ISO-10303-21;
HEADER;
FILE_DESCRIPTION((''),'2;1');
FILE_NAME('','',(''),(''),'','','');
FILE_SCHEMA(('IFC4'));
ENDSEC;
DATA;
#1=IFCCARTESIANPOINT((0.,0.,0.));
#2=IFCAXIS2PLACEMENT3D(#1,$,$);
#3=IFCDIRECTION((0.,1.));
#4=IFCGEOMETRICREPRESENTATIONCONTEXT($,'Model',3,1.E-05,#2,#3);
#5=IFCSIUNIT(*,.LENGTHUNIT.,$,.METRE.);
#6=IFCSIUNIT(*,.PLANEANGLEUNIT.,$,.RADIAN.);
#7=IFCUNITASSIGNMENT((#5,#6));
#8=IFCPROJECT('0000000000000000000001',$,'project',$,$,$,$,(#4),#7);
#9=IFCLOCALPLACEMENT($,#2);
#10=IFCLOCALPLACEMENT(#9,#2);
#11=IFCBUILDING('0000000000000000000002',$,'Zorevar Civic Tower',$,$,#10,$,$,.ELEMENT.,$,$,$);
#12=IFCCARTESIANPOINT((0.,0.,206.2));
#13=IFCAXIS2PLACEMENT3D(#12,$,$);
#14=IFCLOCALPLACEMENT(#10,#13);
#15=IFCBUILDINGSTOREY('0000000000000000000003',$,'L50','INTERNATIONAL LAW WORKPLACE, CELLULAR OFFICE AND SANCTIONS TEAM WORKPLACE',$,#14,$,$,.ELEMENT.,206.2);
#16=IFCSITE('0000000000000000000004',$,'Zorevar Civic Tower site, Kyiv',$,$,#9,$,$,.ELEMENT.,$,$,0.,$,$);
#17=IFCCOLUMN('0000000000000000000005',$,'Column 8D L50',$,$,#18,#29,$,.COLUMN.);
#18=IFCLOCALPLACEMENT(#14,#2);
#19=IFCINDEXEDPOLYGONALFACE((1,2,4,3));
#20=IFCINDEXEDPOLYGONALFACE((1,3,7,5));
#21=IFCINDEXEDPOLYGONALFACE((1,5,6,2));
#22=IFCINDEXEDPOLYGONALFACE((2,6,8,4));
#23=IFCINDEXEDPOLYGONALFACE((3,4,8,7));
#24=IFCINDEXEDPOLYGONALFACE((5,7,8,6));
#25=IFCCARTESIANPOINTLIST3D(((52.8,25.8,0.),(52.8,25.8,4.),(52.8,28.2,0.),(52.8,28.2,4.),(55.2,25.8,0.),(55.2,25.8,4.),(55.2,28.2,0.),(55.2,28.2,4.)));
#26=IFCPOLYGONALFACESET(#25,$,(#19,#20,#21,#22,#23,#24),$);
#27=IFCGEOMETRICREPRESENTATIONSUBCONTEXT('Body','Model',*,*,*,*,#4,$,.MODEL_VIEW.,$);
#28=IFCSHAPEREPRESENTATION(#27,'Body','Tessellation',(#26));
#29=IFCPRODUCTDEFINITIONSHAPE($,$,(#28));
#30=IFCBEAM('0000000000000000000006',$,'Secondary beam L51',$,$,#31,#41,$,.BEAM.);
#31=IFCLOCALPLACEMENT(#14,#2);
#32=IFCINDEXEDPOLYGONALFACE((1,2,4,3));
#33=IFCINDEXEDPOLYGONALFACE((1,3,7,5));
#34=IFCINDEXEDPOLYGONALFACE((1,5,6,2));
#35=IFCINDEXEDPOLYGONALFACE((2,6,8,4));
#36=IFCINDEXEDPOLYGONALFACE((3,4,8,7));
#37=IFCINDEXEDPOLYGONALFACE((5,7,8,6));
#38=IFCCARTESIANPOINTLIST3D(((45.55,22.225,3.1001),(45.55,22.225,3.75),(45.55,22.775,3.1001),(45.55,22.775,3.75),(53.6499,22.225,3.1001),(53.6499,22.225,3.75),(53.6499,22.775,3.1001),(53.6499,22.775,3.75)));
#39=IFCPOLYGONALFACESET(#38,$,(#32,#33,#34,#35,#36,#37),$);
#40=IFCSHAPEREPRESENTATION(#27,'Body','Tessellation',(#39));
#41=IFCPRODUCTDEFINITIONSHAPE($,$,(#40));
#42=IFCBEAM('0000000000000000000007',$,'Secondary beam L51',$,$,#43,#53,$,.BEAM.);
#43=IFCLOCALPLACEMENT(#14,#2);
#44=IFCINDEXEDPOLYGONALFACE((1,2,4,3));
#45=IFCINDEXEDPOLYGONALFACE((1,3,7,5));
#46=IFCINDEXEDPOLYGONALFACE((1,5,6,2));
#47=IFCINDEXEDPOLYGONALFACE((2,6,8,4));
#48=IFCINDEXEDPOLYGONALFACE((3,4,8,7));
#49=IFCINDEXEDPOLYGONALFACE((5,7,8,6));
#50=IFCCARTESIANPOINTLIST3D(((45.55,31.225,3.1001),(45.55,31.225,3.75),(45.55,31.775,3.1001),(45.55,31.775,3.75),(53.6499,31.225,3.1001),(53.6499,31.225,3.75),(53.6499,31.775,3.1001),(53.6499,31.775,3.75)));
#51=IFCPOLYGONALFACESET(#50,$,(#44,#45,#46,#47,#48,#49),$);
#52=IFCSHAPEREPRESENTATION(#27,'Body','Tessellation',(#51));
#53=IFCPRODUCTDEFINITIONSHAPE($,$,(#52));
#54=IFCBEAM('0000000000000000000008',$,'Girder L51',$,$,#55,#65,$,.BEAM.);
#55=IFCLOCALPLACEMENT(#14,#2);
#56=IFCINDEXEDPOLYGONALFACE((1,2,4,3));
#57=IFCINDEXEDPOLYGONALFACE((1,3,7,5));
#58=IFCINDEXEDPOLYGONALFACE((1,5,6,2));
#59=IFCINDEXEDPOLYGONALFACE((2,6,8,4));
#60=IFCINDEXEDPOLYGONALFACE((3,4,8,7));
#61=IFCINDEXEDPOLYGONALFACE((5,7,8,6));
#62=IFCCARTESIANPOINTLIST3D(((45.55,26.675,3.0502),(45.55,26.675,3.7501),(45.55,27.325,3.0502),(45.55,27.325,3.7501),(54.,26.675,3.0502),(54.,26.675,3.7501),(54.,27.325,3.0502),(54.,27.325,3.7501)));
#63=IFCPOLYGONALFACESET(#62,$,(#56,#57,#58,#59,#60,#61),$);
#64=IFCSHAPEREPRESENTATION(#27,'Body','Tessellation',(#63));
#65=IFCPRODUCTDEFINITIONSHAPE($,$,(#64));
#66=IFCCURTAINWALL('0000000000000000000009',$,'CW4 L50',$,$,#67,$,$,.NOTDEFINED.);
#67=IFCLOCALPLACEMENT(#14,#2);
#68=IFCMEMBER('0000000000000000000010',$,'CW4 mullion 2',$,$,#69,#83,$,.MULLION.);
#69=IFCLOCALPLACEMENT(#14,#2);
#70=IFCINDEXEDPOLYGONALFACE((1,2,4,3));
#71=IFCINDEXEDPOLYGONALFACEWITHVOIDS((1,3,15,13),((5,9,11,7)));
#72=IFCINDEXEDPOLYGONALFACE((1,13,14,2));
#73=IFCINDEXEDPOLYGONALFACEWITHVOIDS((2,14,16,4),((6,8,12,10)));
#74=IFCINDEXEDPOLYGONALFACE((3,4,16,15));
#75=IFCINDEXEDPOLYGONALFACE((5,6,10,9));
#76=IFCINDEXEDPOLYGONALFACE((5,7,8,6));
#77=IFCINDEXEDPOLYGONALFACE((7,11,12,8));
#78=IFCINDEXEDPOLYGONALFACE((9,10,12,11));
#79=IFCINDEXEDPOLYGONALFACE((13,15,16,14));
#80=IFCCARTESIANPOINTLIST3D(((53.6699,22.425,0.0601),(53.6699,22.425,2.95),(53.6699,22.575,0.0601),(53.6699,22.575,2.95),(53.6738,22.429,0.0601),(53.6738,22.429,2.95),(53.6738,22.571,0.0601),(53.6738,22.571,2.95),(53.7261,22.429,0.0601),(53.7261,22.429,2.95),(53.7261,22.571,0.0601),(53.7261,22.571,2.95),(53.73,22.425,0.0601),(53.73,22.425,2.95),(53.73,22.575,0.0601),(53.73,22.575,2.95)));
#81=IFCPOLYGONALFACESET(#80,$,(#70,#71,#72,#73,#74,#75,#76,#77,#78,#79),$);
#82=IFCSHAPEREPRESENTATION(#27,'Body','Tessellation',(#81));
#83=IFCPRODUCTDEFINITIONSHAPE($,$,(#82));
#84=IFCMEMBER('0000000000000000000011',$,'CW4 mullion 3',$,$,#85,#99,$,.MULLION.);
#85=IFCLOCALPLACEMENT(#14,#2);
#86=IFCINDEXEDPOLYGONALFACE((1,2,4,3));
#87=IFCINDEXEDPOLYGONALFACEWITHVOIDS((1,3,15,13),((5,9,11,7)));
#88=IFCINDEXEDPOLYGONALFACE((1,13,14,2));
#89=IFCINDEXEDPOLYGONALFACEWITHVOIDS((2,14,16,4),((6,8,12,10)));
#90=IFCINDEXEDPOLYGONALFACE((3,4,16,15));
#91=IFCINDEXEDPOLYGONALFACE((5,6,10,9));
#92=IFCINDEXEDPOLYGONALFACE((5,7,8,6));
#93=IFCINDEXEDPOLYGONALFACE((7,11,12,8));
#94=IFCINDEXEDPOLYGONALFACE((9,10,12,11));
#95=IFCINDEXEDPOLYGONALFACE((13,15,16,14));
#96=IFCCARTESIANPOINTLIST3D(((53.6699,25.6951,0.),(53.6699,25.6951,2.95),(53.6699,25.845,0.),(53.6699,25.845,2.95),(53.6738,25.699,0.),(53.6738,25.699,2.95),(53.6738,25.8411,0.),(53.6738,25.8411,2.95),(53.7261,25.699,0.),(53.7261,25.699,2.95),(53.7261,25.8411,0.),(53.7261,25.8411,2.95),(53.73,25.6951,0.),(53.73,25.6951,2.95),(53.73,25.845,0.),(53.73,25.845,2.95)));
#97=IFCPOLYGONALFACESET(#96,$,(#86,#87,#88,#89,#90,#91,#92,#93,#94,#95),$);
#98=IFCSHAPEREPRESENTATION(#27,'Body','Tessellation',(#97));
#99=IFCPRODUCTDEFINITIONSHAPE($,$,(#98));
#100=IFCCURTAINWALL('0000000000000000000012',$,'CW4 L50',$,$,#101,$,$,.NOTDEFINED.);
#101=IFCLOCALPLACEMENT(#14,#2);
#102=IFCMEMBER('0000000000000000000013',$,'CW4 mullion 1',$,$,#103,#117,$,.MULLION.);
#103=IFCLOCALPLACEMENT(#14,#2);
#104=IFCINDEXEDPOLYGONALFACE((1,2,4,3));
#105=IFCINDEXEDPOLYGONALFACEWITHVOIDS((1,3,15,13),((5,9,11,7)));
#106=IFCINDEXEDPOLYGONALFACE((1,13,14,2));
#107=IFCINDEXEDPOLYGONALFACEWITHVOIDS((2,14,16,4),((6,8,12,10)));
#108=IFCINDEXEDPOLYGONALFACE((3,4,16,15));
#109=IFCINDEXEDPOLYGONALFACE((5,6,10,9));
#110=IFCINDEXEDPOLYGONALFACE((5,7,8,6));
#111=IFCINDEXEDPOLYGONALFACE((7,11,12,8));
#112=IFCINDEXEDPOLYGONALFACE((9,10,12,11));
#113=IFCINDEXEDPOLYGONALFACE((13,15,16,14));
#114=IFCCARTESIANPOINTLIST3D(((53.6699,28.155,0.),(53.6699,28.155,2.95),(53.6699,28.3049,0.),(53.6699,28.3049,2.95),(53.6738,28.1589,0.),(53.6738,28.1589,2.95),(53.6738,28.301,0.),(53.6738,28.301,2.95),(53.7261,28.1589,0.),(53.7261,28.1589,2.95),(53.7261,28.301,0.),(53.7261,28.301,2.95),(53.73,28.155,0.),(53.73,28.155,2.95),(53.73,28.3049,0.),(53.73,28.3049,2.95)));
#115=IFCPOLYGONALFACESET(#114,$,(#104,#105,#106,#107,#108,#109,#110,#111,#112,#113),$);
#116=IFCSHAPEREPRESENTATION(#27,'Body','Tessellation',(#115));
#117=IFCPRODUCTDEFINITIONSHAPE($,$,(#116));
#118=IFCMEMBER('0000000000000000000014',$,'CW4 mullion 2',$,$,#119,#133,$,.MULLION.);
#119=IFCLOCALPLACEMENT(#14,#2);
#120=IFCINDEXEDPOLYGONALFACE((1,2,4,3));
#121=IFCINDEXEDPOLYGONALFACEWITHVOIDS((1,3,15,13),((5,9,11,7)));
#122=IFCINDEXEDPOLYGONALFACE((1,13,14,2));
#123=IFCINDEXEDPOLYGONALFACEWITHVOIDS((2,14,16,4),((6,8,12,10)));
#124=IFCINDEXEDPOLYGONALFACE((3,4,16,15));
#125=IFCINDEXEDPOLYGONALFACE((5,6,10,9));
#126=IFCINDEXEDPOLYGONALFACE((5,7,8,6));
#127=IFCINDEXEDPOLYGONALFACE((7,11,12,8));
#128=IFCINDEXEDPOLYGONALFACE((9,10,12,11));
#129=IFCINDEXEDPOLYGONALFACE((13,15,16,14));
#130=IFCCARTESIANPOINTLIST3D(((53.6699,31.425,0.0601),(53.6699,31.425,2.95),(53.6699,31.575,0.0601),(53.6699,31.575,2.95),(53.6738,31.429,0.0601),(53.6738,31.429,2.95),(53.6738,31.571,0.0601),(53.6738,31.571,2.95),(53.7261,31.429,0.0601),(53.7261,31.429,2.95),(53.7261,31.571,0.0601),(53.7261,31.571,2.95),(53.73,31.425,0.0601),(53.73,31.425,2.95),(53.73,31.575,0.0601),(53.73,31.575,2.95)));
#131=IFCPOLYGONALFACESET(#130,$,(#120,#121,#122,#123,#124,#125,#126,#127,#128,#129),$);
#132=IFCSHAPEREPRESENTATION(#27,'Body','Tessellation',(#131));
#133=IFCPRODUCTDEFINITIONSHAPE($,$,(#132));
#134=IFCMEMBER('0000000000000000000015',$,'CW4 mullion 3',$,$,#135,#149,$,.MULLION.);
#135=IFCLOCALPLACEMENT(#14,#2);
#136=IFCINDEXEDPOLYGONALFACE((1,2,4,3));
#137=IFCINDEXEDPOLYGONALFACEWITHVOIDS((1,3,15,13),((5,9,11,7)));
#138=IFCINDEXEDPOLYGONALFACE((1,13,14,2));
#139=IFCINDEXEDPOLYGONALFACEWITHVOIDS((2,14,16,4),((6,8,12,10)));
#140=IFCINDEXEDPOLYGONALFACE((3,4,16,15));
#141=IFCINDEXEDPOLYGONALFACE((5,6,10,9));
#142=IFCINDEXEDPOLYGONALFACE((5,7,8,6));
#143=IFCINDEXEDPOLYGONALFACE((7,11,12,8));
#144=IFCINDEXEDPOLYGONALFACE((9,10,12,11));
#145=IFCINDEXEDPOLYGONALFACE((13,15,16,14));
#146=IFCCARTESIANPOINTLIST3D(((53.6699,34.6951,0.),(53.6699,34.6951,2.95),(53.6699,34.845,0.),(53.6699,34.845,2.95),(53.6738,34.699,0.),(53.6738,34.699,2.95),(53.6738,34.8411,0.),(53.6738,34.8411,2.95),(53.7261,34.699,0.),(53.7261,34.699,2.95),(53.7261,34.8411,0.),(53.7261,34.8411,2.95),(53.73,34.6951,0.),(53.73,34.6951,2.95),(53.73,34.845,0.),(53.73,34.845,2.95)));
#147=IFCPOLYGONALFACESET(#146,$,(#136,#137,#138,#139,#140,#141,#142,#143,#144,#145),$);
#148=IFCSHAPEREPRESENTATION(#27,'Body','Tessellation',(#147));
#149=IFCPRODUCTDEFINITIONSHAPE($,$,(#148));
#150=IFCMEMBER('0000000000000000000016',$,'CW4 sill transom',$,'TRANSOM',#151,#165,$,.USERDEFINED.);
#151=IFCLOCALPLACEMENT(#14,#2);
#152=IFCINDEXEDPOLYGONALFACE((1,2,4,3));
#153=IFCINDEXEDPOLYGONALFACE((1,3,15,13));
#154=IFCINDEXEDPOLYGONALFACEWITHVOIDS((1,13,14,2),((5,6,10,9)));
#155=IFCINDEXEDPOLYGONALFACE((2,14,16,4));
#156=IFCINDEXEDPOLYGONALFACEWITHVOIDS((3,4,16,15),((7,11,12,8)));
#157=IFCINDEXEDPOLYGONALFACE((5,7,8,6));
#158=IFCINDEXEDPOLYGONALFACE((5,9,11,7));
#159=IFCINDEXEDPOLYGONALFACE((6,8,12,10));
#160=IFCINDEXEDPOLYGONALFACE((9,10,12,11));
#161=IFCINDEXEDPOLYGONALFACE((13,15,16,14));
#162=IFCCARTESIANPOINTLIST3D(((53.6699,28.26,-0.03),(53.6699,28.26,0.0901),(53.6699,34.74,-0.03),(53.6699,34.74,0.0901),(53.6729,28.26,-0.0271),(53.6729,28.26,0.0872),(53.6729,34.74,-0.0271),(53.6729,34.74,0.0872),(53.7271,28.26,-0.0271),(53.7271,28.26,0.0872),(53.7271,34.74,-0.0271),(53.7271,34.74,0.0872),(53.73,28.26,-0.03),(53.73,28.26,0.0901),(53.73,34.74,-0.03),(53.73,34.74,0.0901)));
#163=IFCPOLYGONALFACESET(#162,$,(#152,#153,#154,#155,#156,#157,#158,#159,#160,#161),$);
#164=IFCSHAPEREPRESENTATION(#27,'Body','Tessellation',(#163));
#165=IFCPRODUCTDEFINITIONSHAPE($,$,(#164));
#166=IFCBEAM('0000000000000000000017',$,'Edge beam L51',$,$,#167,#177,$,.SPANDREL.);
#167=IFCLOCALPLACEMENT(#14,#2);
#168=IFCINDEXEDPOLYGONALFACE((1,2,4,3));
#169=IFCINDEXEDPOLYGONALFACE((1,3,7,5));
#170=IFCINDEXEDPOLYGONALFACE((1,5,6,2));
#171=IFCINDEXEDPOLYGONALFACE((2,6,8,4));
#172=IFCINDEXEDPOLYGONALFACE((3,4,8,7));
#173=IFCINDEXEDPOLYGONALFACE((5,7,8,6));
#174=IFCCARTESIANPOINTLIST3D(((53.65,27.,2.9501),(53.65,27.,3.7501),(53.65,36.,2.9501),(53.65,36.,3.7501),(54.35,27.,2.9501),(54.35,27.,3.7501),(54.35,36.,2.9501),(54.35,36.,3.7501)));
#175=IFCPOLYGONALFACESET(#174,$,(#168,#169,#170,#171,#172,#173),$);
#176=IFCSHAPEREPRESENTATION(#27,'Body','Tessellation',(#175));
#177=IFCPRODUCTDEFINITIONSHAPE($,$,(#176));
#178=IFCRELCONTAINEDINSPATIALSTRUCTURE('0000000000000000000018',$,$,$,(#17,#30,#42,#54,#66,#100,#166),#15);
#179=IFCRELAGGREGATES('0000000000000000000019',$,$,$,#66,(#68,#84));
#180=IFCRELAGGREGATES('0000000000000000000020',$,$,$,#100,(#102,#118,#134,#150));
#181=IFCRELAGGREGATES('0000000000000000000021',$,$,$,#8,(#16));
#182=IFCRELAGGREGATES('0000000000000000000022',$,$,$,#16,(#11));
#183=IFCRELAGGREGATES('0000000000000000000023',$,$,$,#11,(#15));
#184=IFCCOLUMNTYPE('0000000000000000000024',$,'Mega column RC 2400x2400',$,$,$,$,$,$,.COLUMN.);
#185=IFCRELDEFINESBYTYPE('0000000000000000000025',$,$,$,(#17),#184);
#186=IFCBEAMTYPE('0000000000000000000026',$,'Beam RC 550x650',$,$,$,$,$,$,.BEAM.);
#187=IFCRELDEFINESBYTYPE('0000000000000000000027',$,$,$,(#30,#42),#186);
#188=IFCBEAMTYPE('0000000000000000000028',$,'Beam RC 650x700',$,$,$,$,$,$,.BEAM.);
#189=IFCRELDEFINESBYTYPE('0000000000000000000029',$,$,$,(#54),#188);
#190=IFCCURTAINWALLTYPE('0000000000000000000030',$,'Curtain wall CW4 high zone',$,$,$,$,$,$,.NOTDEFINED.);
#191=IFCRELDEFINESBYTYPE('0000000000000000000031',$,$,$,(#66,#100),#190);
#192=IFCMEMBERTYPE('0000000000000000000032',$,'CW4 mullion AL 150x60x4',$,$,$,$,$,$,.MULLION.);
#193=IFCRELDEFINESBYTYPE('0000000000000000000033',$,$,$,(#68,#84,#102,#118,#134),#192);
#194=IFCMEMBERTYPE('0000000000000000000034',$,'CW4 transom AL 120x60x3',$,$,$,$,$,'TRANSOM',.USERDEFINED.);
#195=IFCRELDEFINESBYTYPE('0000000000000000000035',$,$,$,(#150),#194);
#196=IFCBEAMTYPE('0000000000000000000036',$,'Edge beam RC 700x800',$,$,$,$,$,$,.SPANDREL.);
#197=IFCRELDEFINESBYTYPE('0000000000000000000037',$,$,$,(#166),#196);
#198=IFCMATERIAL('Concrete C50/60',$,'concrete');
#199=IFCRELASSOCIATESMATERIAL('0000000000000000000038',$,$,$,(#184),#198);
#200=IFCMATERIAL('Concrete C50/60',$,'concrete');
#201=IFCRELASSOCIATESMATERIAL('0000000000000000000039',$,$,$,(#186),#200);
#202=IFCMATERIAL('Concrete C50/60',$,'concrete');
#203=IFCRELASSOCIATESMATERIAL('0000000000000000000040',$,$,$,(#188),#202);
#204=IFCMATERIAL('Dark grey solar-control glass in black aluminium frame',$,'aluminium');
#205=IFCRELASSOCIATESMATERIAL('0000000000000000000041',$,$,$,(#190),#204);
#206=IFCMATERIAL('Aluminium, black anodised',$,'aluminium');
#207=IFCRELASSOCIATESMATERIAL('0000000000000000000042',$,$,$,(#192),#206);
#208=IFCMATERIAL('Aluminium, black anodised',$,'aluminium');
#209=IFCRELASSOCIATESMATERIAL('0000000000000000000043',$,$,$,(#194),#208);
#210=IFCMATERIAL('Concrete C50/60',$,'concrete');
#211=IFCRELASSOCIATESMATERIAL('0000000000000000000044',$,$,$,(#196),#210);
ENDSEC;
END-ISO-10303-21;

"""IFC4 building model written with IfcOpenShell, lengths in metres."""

from ifc_helpers import new_model, si_unit, direction, frame, origin, origin_2d, place, context, subcontext, project, spatial, rectangle, hollow_rectangle, extrude, material, material_profile, profile_set, type_object, element, aggregate, save


model = new_model("IFC4")

# Units and contexts
model_context = context("Model", 3, precision=1e-05, world=origin(), true_north=direction((0.0, 1.0)))
body_context = subcontext(model_context, "Body", "Model", "MODEL_VIEW")
ifc_project = project(units=[si_unit("LENGTHUNIT", "METRE"), si_unit("PLANEANGLEUNIT", "RADIAN")], contexts=[model_context])

# Site, building, storey
site_placement = place(None, origin())
site = spatial("IfcSite", under=ifc_project, at=site_placement, Name="Zorevar Civic Tower site, Kyiv", CompositionType="ELEMENT", RefElevation=0.0)
building_placement = place(site_placement, origin())
building = spatial("IfcBuilding", under=site, at=building_placement, Name="Zorevar Civic Tower", CompositionType="ELEMENT")
storey_placement = place(building_placement, frame((0.0, 0.0, 206.2)))
storey = spatial("IfcBuildingStorey", under=building, at=storey_placement, Name="L50", Description="INTERNATIONAL LAW WORKPLACE, CELLULAR OFFICE AND SANCTIONS TEAM WORKPLACE", CompositionType="ELEMENT", Elevation=206.2)

# Column
ifc_material_1 = material(Name="Concrete C50/60", Category="concrete")
ifc_material_profile_1 = material_profile(ifc_material_1, rectangle(XDim=2.3999, YDim=2.3999, at=origin_2d()), Name="RC 2400x2400")
ifc_profile_set_1 = profile_set([ifc_material_profile_1], Name="Concrete C50/60")
column_type = type_object("IfcColumnType", Name="Mega column RC 2400x2400", PredefinedType="COLUMN", material=ifc_profile_set_1)
column_placement = place(storey_placement, frame((54.0, 27.0, 0.0), z_axis=(0.0, 0.0, 1.0), x_axis=(1.0, 0.0, 0.0)))
element("IfcColumn", 1, at=column_placement, inside=storey, type_object=column_type, Name="Column 8D L50", PredefinedType="COLUMN", context=body_context, shape_type="SweptSolid", body=[
    extrude(rectangle(XDim=2.3999, YDim=2.3999, at=origin_2d()), origin(), (0.0, 0.0, 1.0), 4.0),
])

# Beams
ifc_material_2 = material(Name="Concrete C50/60", Category="concrete")
ifc_material_profile_2 = material_profile(ifc_material_2, rectangle(XDim=0.55, YDim=0.6499, at=origin_2d()), Name="RC 550x650")
ifc_profile_set_2 = profile_set([ifc_material_profile_2], Name="Concrete C50/60")
beam_type_1 = type_object("IfcBeamType", Name="Beam RC 550x650", PredefinedType="BEAM", material=ifc_profile_set_2)
for number, where, z_axis, x_axis, name in (
    (2, (45.55, 22.5, 3.425), (1.0, 0.0, 0.0), (0.0, 1.0, 0.0), "Secondary beam L51"),
    (3, (45.55, 31.5, 3.425), (1.0, 0.0, 0.0), (0.0, 1.0, 0.0), "Secondary beam L51"),
):
    element("IfcBeam", number, at=place(storey_placement, frame(where, z_axis=z_axis, x_axis=x_axis)), inside=storey, type_object=beam_type_1, Name=name, PredefinedType="BEAM", context=body_context, shape_type="SweptSolid", body=[
        extrude(rectangle(XDim=0.55, YDim=0.6499, at=origin_2d()), origin(), (0.0, 0.0, 1.0), 8.0999),
    ])
ifc_material_3 = material(Name="Concrete C50/60", Category="concrete")
ifc_material_profile_3 = material_profile(ifc_material_3, rectangle(XDim=0.6499, YDim=0.7, at=origin_2d()), Name="RC 650x700")
ifc_profile_set_3 = profile_set([ifc_material_profile_3], Name="Concrete C50/60")
beam_type_2 = type_object("IfcBeamType", Name="Beam RC 650x700", PredefinedType="BEAM", material=ifc_profile_set_3)
beam_1_placement = place(storey_placement, frame((45.55, 27.0, 3.4001), z_axis=(1.0, 0.0, 0.0), x_axis=(0.0, 1.0, 0.0)))
element("IfcBeam", 4, at=beam_1_placement, inside=storey, type_object=beam_type_2, Name="Girder L51", PredefinedType="BEAM", context=body_context, shape_type="SweptSolid", body=[
    extrude(rectangle(XDim=0.6499, YDim=0.7, at=origin_2d()), origin(), (0.0, 0.0, 1.0), 8.45),
])

# Curtain walls, members
ifc_material_4 = material(Name="Dark grey solar-control glass in black aluminium frame", Category="aluminium")
curtain_wall_type = type_object("IfcCurtainWallType", Name="Curtain wall CW4 high zone", PredefinedType="NOTDEFINED", material=ifc_material_4)
curtain_wall_1_placement = place(storey_placement, origin())
curtain_wall_1 = element("IfcCurtainWall", 5, at=curtain_wall_1_placement, inside=storey, type_object=curtain_wall_type, Name="CW4 L50", PredefinedType="NOTDEFINED")
ifc_material_5 = material(Name="Aluminium, black anodised", Category="aluminium")
ifc_material_profile_4 = material_profile(ifc_material_5, hollow_rectangle(XDim=0.0601, YDim=0.1499, WallThickness=0.0039, at=origin_2d()), Name="AL 150x60x4")
ifc_profile_set_4 = profile_set([ifc_material_profile_4], Name="Aluminium, black anodised")
member_type_1 = type_object("IfcMemberType", Name="CW4 mullion AL 150x60x4", PredefinedType="MULLION", material=ifc_profile_set_4)
member_1_placement = place(storey_placement, frame((53.7, 22.5, 0.0601), z_axis=(0.0, 0.0, 1.0), x_axis=(-1.0, 0.0, 0.0)))
member_1 = element("IfcMember", 6, at=member_1_placement, type_object=member_type_1, Name="CW4 mullion 2", PredefinedType="MULLION", context=body_context, shape_type="SweptSolid", body=[
    extrude(hollow_rectangle(XDim=0.0601, YDim=0.1499, WallThickness=0.0039, at=origin_2d()), origin(), (0.0, 0.0, 1.0), 2.8899),
])
member_2_placement = place(storey_placement, frame((53.7, 25.77, 0.0), z_axis=(0.0, 0.0, 1.0), x_axis=(-1.0, 0.0, 0.0)))
member_2 = element("IfcMember", 7, at=member_2_placement, type_object=member_type_1, Name="CW4 mullion 3", PredefinedType="MULLION", context=body_context, shape_type="SweptSolid", body=[
    extrude(hollow_rectangle(XDim=0.0601, YDim=0.1499, WallThickness=0.0039, at=origin_2d()), origin(), (0.0, 0.0, 1.0), 2.95),
])
curtain_wall_2_placement = place(storey_placement, origin())
curtain_wall_2 = element("IfcCurtainWall", 8, at=curtain_wall_2_placement, inside=storey, type_object=curtain_wall_type, Name="CW4 L50", PredefinedType="NOTDEFINED")
member_3_placement = place(storey_placement, frame((53.7, 28.23, 0.0), z_axis=(0.0, 0.0, 1.0), x_axis=(-1.0, 0.0, 0.0)))
member_3 = element("IfcMember", 9, at=member_3_placement, type_object=member_type_1, Name="CW4 mullion 1", PredefinedType="MULLION", context=body_context, shape_type="SweptSolid", body=[
    extrude(hollow_rectangle(XDim=0.0601, YDim=0.1499, WallThickness=0.0039, at=origin_2d()), origin(), (0.0, 0.0, 1.0), 2.95),
])
member_4_placement = place(storey_placement, frame((53.7, 31.5, 0.0601), z_axis=(0.0, 0.0, 1.0), x_axis=(-1.0, 0.0, 0.0)))
member_4 = element("IfcMember", 10, at=member_4_placement, type_object=member_type_1, Name="CW4 mullion 2", PredefinedType="MULLION", context=body_context, shape_type="SweptSolid", body=[
    extrude(hollow_rectangle(XDim=0.0601, YDim=0.1499, WallThickness=0.0039, at=origin_2d()), origin(), (0.0, 0.0, 1.0), 2.8899),
])
member_5_placement = place(storey_placement, frame((53.7, 34.77, 0.0), z_axis=(0.0, 0.0, 1.0), x_axis=(-1.0, 0.0, 0.0)))
member_5 = element("IfcMember", 11, at=member_5_placement, type_object=member_type_1, Name="CW4 mullion 3", PredefinedType="MULLION", context=body_context, shape_type="SweptSolid", body=[
    extrude(hollow_rectangle(XDim=0.0601, YDim=0.1499, WallThickness=0.0039, at=origin_2d()), origin(), (0.0, 0.0, 1.0), 2.95),
])
ifc_material_6 = material(Name="Aluminium, black anodised", Category="aluminium")
ifc_material_profile_5 = material_profile(ifc_material_6, hollow_rectangle(XDim=0.0601, YDim=0.1201, WallThickness=0.0029, at=origin_2d()), Name="AL 120x60x3")
ifc_profile_set_5 = profile_set([ifc_material_profile_5], Name="Aluminium, black anodised")
member_type_2 = type_object("IfcMemberType", Name="CW4 transom AL 120x60x3", ElementType="TRANSOM", PredefinedType="USERDEFINED", material=ifc_profile_set_5)
member_6_placement = place(storey_placement, frame((53.7, 28.26, 0.03), z_axis=(0.0, 1.0, 0.0), x_axis=(-1.0, 0.0, 0.0)))
member_6 = element("IfcMember", 12, at=member_6_placement, type_object=member_type_2, Name="CW4 sill transom", ObjectType="TRANSOM", PredefinedType="USERDEFINED", context=body_context, shape_type="SweptSolid", body=[
    extrude(hollow_rectangle(XDim=0.0601, YDim=0.1201, WallThickness=0.0029, at=origin_2d()), origin(), (0.0, 0.0, 1.0), 6.48),
])

# Beam
ifc_material_7 = material(Name="Concrete C50/60", Category="concrete")
ifc_material_profile_6 = material_profile(ifc_material_7, rectangle(XDim=0.7, YDim=0.8, at=origin_2d()), Name="RC 700x800")
ifc_profile_set_6 = profile_set([ifc_material_profile_6], Name="Concrete C50/60")
beam_type_3 = type_object("IfcBeamType", Name="Edge beam RC 700x800", PredefinedType="SPANDREL", material=ifc_profile_set_6)
beam_2_placement = place(storey_placement, frame((54.0, 27.0, 3.3501), z_axis=(0.0, 1.0, 0.0), x_axis=(-1.0, 0.0, 0.0)))
element("IfcBeam", 13, at=beam_2_placement, inside=storey, type_object=beam_type_3, Name="Edge beam L51", PredefinedType="SPANDREL", context=body_context, shape_type="SweptSolid", body=[
    extrude(rectangle(XDim=0.7, YDim=0.8, at=origin_2d()), origin(), (0.0, 0.0, 1.0), 9.0),
])

aggregate(curtain_wall_1, [member_1, member_2])
aggregate(curtain_wall_2, [member_3, member_4, member_5, member_6])

save(model, "model.ifc")
